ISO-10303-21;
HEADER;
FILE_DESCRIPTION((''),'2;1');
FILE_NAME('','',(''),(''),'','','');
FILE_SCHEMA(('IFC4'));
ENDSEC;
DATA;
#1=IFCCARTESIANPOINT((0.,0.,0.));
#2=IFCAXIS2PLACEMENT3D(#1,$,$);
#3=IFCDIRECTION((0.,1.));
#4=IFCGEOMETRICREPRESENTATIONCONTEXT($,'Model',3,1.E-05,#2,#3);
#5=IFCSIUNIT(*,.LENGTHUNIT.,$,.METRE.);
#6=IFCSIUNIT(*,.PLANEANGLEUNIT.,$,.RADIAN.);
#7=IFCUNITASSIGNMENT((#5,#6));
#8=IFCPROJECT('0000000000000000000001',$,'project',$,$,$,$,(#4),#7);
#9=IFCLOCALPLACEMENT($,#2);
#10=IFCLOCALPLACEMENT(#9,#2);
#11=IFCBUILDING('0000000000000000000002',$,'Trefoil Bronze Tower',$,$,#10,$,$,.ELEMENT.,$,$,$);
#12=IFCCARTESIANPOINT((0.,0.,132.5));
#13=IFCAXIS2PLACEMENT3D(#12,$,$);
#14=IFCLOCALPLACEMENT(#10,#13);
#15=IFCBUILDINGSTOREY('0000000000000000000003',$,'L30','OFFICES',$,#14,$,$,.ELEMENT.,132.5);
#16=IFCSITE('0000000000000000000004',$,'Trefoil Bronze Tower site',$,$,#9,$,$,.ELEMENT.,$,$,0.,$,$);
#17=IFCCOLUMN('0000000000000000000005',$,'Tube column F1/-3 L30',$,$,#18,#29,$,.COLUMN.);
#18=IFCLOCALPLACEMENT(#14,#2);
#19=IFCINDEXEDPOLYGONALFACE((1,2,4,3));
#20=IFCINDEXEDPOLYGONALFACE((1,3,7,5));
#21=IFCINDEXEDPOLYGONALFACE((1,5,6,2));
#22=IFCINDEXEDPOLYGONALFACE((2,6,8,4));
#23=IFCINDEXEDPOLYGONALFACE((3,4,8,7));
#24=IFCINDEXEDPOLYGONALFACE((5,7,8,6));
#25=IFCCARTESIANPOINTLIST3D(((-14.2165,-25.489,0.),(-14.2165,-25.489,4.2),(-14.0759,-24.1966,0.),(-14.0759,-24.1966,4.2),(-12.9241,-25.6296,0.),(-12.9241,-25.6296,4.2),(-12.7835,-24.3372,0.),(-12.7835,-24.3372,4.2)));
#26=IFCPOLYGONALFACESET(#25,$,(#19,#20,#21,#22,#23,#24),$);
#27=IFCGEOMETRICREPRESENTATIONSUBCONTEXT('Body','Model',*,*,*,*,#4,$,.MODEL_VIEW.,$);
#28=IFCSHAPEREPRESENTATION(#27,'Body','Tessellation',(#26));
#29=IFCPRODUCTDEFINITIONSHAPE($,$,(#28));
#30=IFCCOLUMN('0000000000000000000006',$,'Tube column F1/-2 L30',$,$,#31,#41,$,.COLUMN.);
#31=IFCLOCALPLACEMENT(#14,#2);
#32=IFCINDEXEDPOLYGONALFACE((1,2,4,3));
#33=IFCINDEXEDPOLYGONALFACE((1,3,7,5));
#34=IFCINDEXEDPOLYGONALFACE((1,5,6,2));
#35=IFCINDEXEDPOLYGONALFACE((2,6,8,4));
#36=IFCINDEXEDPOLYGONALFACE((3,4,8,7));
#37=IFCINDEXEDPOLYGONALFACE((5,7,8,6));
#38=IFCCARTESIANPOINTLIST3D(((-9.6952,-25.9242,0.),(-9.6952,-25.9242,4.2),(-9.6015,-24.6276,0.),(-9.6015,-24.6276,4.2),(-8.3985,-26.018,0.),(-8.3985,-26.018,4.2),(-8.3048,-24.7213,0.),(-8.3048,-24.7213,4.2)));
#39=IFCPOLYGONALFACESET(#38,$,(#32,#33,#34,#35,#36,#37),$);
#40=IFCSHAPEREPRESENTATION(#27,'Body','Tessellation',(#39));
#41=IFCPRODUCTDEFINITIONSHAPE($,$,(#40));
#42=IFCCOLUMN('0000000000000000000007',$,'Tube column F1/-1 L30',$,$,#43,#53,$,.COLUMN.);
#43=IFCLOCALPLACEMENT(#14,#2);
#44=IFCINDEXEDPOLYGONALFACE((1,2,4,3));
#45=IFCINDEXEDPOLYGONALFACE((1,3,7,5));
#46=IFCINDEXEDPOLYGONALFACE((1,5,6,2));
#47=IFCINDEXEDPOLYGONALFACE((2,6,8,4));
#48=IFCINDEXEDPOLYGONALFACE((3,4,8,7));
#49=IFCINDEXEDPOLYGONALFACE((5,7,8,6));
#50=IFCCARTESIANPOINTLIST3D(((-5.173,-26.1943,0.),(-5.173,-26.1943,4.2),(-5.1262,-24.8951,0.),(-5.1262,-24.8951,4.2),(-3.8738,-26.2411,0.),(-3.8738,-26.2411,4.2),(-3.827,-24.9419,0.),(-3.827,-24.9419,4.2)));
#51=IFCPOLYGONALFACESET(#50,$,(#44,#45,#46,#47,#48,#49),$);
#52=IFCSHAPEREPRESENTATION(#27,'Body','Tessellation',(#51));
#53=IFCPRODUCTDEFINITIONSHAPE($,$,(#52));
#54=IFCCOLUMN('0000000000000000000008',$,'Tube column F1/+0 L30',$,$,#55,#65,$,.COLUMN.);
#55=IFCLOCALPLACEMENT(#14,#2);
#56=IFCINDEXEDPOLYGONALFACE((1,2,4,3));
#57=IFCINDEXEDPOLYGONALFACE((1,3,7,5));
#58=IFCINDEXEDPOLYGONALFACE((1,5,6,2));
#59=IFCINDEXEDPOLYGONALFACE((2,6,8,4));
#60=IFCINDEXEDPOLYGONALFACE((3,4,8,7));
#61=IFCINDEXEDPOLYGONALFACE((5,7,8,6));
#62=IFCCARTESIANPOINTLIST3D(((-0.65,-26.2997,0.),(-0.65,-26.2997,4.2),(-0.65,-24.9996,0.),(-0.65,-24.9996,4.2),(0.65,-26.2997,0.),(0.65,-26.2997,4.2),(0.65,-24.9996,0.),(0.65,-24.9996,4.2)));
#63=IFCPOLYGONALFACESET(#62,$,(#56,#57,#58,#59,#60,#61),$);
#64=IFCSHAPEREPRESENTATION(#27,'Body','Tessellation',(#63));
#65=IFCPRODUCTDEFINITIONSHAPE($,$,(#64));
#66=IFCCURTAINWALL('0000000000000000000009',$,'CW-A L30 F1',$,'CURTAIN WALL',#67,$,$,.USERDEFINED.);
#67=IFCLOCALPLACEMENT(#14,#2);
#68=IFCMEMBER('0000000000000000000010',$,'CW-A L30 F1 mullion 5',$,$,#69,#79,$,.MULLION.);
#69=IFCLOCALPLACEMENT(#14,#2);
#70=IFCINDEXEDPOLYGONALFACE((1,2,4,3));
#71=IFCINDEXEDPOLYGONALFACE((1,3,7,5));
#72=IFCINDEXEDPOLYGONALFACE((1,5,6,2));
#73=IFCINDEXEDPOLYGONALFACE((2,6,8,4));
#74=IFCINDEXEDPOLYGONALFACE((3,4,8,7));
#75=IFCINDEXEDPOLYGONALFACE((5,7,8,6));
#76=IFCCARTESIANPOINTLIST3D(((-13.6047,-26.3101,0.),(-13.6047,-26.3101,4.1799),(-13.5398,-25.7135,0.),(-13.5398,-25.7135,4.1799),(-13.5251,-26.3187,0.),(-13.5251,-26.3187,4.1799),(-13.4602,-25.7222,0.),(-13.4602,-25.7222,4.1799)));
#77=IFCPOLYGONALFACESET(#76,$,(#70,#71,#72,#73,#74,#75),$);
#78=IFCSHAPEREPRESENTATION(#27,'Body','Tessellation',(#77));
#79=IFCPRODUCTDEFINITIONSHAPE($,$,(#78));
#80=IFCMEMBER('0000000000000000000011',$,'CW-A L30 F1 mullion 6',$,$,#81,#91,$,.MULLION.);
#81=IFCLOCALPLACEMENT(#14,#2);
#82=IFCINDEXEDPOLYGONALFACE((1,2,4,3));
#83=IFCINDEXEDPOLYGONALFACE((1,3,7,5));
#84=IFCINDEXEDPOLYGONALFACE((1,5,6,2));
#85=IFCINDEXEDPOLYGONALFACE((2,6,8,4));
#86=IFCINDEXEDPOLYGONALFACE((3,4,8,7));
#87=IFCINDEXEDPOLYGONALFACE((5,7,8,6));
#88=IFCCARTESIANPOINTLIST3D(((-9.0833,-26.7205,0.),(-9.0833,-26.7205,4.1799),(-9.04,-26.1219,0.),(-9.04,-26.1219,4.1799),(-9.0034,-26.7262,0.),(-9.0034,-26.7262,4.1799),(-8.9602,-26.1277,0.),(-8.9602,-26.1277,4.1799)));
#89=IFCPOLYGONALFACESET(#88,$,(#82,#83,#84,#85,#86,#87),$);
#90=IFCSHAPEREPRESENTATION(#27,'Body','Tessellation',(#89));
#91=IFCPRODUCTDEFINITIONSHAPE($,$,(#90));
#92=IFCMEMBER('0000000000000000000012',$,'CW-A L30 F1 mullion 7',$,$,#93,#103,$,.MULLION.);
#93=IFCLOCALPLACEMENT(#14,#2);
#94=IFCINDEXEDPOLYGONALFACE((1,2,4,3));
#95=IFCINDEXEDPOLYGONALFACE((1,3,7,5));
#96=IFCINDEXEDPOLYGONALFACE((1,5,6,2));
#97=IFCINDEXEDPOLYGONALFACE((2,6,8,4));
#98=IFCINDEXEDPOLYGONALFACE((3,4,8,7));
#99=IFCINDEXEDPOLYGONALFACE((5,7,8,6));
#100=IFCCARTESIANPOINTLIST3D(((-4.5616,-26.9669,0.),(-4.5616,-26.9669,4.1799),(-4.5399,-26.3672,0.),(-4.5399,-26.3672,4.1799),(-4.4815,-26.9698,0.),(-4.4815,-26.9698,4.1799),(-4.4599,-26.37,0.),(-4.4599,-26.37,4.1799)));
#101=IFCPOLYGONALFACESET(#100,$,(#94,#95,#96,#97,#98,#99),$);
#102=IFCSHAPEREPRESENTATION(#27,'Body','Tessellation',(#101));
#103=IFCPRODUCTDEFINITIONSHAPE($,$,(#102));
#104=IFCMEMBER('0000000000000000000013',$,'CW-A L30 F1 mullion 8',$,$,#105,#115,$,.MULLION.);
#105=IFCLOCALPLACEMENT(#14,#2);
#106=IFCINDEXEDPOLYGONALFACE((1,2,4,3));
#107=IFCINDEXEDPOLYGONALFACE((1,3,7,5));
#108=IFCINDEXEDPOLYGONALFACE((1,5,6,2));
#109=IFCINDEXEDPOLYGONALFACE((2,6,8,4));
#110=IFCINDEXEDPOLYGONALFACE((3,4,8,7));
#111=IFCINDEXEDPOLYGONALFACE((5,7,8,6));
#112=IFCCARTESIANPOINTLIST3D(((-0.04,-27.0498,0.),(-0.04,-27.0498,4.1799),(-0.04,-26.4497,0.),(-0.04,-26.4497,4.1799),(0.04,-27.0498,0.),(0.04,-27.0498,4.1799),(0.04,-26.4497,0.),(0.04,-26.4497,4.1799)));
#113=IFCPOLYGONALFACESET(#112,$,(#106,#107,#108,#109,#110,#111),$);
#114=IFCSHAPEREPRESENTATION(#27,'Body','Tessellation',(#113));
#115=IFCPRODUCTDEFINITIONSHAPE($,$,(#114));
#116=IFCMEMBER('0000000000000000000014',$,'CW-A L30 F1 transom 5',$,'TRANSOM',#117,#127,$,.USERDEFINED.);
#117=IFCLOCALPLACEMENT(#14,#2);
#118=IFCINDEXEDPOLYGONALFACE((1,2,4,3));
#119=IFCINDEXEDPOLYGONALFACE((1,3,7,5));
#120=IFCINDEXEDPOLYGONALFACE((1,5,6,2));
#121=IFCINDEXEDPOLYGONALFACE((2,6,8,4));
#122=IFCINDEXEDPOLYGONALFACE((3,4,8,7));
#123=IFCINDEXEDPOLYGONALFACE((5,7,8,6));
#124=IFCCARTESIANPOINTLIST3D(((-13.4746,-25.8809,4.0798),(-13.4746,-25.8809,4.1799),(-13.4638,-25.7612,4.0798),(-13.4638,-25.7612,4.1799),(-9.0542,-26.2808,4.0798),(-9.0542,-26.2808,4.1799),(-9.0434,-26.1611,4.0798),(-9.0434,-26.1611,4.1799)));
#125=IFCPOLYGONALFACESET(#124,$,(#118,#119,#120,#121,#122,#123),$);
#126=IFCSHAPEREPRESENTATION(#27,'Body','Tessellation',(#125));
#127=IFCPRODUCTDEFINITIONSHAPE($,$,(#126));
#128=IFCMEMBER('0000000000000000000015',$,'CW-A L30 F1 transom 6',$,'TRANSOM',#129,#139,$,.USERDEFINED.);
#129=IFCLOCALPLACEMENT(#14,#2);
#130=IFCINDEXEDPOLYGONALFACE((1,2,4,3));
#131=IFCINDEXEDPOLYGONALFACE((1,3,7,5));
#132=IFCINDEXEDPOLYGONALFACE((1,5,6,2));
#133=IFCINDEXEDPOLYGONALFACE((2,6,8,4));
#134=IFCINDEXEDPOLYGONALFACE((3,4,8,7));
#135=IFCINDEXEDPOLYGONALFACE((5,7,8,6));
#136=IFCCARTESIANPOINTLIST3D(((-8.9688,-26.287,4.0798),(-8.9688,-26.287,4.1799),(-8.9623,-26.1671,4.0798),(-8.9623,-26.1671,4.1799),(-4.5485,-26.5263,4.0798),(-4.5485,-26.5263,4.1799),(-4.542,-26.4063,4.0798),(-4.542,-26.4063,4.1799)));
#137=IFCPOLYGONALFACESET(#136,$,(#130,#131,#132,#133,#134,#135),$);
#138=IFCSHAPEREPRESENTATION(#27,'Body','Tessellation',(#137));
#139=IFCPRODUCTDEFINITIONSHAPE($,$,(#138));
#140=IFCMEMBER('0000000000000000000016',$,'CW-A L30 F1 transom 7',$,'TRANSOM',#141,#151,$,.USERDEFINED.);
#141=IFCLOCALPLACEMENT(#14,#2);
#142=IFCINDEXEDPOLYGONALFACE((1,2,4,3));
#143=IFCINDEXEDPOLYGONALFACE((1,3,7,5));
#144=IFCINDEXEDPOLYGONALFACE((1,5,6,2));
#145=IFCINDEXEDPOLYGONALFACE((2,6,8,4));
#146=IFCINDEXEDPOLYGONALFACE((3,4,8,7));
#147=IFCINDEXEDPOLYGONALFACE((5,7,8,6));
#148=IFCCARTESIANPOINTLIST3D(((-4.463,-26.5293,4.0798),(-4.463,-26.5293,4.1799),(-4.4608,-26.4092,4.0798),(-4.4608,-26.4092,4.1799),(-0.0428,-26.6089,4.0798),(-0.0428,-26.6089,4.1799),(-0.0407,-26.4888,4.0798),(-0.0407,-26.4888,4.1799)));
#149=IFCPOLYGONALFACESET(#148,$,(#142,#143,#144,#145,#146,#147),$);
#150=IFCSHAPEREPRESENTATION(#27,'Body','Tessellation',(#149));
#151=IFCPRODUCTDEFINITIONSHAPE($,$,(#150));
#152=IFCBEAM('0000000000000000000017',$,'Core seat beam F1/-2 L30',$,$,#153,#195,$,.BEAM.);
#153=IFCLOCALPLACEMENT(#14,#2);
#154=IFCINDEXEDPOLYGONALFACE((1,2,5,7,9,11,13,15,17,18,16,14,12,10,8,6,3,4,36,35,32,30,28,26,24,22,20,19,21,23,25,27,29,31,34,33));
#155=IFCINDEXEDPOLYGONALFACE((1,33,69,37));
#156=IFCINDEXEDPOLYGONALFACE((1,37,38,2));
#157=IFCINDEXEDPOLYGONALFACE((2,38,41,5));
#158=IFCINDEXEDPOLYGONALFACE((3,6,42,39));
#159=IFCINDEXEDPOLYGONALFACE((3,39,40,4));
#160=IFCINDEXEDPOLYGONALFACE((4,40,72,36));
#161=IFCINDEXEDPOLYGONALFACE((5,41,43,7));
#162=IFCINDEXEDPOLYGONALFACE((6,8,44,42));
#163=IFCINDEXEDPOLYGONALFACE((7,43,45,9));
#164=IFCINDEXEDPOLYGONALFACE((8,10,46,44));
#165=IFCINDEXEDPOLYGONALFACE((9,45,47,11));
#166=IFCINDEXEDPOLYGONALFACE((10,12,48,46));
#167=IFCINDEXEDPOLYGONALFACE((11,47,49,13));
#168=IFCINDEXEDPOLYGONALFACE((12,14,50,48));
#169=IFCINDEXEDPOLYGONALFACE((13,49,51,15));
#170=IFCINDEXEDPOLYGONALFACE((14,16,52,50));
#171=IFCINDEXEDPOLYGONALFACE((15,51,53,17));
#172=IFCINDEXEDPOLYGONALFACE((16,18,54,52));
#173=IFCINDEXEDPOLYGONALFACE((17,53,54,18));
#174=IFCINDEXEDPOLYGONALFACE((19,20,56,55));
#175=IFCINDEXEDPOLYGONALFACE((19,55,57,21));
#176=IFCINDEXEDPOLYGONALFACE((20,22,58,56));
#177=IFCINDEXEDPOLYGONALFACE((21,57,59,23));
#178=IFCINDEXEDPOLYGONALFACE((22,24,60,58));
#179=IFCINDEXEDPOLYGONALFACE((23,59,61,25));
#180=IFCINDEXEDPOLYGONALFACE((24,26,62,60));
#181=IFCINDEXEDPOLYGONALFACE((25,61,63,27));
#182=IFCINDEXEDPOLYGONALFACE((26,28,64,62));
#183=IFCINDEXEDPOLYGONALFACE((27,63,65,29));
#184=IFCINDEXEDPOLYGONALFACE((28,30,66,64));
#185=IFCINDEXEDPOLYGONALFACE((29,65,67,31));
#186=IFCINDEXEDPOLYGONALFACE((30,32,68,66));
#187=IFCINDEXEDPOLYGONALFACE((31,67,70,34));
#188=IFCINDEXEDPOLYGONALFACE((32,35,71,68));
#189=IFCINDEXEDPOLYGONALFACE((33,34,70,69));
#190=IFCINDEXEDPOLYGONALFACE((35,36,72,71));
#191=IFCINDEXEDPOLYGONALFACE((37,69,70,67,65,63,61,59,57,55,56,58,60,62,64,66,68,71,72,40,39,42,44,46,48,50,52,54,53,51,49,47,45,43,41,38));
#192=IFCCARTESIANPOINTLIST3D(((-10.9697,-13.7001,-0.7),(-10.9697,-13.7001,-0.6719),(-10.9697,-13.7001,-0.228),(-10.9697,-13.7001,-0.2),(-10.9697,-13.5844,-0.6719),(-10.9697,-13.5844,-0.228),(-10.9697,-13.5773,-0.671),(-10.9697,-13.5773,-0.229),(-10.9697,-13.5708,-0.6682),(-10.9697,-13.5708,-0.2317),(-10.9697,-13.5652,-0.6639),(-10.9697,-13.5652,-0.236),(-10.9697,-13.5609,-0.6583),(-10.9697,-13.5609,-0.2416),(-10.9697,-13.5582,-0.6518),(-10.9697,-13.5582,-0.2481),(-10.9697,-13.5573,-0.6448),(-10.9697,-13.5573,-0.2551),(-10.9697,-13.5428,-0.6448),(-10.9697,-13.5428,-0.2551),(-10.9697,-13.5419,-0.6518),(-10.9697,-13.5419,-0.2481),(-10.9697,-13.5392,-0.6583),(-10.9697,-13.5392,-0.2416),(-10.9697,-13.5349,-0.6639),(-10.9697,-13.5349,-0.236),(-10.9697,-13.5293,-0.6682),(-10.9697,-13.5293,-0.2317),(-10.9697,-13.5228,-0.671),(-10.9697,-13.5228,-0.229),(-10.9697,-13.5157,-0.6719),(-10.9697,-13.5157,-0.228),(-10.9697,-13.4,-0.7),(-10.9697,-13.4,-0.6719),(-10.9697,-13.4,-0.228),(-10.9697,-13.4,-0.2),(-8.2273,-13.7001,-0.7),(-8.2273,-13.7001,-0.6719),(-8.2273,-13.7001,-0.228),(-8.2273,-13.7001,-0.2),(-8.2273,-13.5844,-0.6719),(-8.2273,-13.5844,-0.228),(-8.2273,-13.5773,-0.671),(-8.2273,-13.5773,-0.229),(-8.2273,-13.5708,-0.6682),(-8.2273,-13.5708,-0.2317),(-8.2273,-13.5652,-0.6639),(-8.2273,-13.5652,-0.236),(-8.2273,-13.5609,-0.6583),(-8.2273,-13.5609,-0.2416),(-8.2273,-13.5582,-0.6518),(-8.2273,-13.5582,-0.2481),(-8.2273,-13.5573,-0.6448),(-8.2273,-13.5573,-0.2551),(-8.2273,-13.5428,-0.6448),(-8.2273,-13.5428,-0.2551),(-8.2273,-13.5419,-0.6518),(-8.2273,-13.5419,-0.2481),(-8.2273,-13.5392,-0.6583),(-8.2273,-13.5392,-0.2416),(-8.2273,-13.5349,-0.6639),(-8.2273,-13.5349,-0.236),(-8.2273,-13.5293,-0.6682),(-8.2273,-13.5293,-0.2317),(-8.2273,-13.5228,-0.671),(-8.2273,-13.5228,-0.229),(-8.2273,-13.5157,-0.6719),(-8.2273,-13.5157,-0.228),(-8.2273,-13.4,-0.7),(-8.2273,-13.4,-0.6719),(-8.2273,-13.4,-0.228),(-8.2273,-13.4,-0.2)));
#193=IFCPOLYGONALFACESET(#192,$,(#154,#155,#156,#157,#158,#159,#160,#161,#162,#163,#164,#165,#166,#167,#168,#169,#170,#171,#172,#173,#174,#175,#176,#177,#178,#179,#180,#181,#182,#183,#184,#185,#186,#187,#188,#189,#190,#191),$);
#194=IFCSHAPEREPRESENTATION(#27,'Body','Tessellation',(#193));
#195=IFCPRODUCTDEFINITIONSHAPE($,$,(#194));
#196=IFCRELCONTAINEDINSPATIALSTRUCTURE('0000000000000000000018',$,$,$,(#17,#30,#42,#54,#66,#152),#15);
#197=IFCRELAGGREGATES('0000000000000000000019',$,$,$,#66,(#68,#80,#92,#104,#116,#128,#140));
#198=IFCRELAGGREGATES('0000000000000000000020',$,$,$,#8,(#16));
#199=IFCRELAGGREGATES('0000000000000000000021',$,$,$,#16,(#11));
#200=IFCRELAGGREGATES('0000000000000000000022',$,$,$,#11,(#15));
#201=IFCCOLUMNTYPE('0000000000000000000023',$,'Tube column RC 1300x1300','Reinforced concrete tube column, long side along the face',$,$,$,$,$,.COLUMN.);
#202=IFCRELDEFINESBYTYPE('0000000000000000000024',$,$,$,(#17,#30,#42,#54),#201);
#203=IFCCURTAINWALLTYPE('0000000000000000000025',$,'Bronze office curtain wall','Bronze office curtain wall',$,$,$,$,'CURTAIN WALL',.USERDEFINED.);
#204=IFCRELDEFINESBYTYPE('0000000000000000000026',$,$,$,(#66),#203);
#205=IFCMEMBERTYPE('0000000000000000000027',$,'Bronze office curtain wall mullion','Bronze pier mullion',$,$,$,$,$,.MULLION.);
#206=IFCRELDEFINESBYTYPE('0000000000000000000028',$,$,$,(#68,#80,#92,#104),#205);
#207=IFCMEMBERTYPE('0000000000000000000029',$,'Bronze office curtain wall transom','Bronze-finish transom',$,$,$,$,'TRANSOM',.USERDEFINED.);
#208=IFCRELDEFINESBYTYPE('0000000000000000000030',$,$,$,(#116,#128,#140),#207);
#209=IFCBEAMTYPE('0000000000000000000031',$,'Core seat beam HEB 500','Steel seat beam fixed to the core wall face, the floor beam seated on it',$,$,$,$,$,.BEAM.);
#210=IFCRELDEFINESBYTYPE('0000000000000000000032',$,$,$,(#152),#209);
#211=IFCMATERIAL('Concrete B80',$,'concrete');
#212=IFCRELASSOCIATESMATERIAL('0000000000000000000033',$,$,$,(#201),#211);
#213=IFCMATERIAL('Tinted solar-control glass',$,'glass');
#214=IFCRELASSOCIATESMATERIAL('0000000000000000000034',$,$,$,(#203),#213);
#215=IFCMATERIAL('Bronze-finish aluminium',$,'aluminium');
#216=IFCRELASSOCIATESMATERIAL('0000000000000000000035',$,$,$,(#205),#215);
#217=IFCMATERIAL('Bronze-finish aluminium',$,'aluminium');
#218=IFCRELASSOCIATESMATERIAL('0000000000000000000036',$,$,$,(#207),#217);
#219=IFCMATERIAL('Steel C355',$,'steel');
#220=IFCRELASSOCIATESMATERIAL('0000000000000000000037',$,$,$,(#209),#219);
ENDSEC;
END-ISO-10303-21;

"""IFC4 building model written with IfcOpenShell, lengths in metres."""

from ifc_helpers import new_model, si_unit, direction, frame, origin, origin_2d, place, context, subcontext, project, spatial, rectangle, i_section, extrude, material, material_profile, profile_set, type_object, element, aggregate, save


model = new_model("IFC4")

# Units and contexts
model_context = context("Model", 3, precision=1e-05, world=origin(), true_north=direction((0.0, 1.0)))
body_context = subcontext(model_context, "Body", "Model", "MODEL_VIEW")
ifc_project = project(units=[si_unit("LENGTHUNIT", "METRE"), si_unit("PLANEANGLEUNIT", "RADIAN")], contexts=[model_context])

# Site, building, storey
site_placement = place(None, origin())
site = spatial("IfcSite", under=ifc_project, at=site_placement, Name="Trefoil Bronze Tower site", CompositionType="ELEMENT", RefElevation=0.0)
building_placement = place(site_placement, origin())
building = spatial("IfcBuilding", under=site, at=building_placement, Name="Trefoil Bronze Tower", CompositionType="ELEMENT")
storey_placement = place(building_placement, frame((0.0, 0.0, 132.5)))
storey = spatial("IfcBuildingStorey", under=building, at=storey_placement, Name="L30", Description="OFFICES", CompositionType="ELEMENT", Elevation=132.5)

# Columns
ifc_material_1 = material(Name="Concrete B80", Category="concrete")
ifc_material_profile_1 = material_profile(ifc_material_1, rectangle(XDim=1.3, YDim=1.3, at=origin_2d()), Name="RC 1300x1300")
ifc_profile_set_1 = profile_set([ifc_material_profile_1], Name="Concrete B80")
column_type = type_object("IfcColumnType", Name="Tube column RC 1300x1300", Description="Reinforced concrete tube column, long side along the face", PredefinedType="COLUMN", material=ifc_profile_set_1)
for number, where, z_axis, x_axis, name in (
    (1, (-13.5, -24.9131, 0.0), (0.0, 0.0, 1.0), (0.994135, -0.108144, 0.0), "Tube column F1/-3 L30"),
    (2, (-9.0, -25.3228, 0.0), (0.0, 0.0, 1.0), (0.997398, -0.072096, 0.0), "Tube column F1/-2 L30"),
    (3, (-4.5, -25.5681, 0.0), (0.0, 0.0, 1.0), (0.99935, -0.036048, 0.0), "Tube column F1/-1 L30"),
    (4, (0.0, -25.6497, 0.0), (0.0, 0.0, 1.0), (1.0, 0.0, 0.0), "Tube column F1/+0 L30"),
):
    element("IfcColumn", number, at=place(storey_placement, frame(where, z_axis=z_axis, x_axis=x_axis)), inside=storey, type_object=column_type, Name=name, PredefinedType="COLUMN", context=body_context, shape_type="SweptSolid", body=[
        extrude(rectangle(XDim=1.3, YDim=1.3, at=origin_2d()), origin(), (0.0, 0.0, 1.0), 4.2),
    ])

# Curtain wall, members
ifc_material_2 = material(Name="Tinted solar-control glass", Category="glass")
curtain_wall_type = type_object("IfcCurtainWallType", Name="Bronze office curtain wall", Description="Bronze office curtain wall", ElementType="CURTAIN WALL", PredefinedType="USERDEFINED", material=ifc_material_2)
curtain_wall_placement = place(storey_placement, origin())
curtain_wall = element("IfcCurtainWall", 5, at=curtain_wall_placement, inside=storey, type_object=curtain_wall_type, Name="CW-A L30 F1", ObjectType="CURTAIN WALL", PredefinedType="USERDEFINED")
ifc_material_3 = material(Name="Bronze-finish aluminium", Category="aluminium")
ifc_material_profile_2 = material_profile(ifc_material_3, rectangle(XDim=0.6001, YDim=0.0801, at=origin_2d()), Name="CW-A mullion")
ifc_profile_set_2 = profile_set([ifc_material_profile_2], Name="Bronze-finish aluminium")
member_type_1 = type_object("IfcMemberType", Name="Bronze office curtain wall mullion", Description="Bronze pier mullion", PredefinedType="MULLION", material=ifc_profile_set_2)
member_1_placement = place(storey_placement, frame((-13.5325, -26.0161, 0.0), z_axis=(0.0, 0.0, 1.0), x_axis=(0.108144, 0.994135, 0.0)))
member_1 = element("IfcMember", 6, at=member_1_placement, type_object=member_type_1, Name="CW-A L30 F1 mullion 5", PredefinedType="MULLION", context=body_context, shape_type="SweptSolid", body=[
    extrude(rectangle(XDim=0.6001, YDim=0.0801, at=origin_2d()), origin(), (0.0, 0.0, 1.0), 4.1799),
])
member_2_placement = place(storey_placement, frame((-9.0217, -26.4241, 0.0), z_axis=(0.0, 0.0, 1.0), x_axis=(0.072096, 0.997398, 0.0)))
member_2 = element("IfcMember", 7, at=member_2_placement, type_object=member_type_1, Name="CW-A L30 F1 mullion 6", PredefinedType="MULLION", context=body_context, shape_type="SweptSolid", body=[
    extrude(rectangle(XDim=0.6001, YDim=0.0801, at=origin_2d()), origin(), (0.0, 0.0, 1.0), 4.1799),
])
member_3_placement = place(storey_placement, frame((-4.5107, -26.6685, 0.0), z_axis=(0.0, 0.0, 1.0), x_axis=(0.036048, 0.99935, 0.0)))
member_3 = element("IfcMember", 8, at=member_3_placement, type_object=member_type_1, Name="CW-A L30 F1 mullion 7", PredefinedType="MULLION", context=body_context, shape_type="SweptSolid", body=[
    extrude(rectangle(XDim=0.6001, YDim=0.0801, at=origin_2d()), origin(), (0.0, 0.0, 1.0), 4.1799),
])
member_4_placement = place(storey_placement, frame((0.0, -26.7498, 0.0), z_axis=(0.0, 0.0, 1.0), x_axis=(0.0, 1.0, 0.0)))
member_4 = element("IfcMember", 9, at=member_4_placement, type_object=member_type_1, Name="CW-A L30 F1 mullion 8", PredefinedType="MULLION", context=body_context, shape_type="SweptSolid", body=[
    extrude(rectangle(XDim=0.6001, YDim=0.0801, at=origin_2d()), origin(), (0.0, 0.0, 1.0), 4.1799),
])
ifc_material_4 = material(Name="Bronze-finish aluminium", Category="aluminium")
ifc_material_profile_3 = material_profile(ifc_material_4, rectangle(XDim=0.1201, YDim=0.1001, at=origin_2d()), Name="CW-A transom")
ifc_profile_set_3 = profile_set([ifc_material_profile_3], Name="Bronze-finish aluminium")
member_type_2 = type_object("IfcMemberType", Name="Bronze office curtain wall transom", Description="Bronze-finish transom", ElementType="TRANSOM", PredefinedType="USERDEFINED", material=ifc_profile_set_3)
member_5_placement = place(storey_placement, frame((-13.4692, -25.821, 4.1299), z_axis=(0.995933, -0.090099, 0.0), x_axis=(0.090099, 0.995933, 0.0)))
member_5 = element("IfcMember", 10, at=member_5_placement, type_object=member_type_2, Name="CW-A L30 F1 transom 5", ObjectType="TRANSOM", PredefinedType="USERDEFINED", context=body_context, shape_type="SweptSolid", body=[
    extrude(rectangle(XDim=0.1201, YDim=0.1001, at=origin_2d()), origin(), (0.0, 0.0, 1.0), 4.4385),
])
member_6_placement = place(storey_placement, frame((-8.9656, -26.2271, 4.1299), z_axis=(0.998538, -0.05405, 0.0), x_axis=(0.05405, 0.998538, 0.0)))
member_6 = element("IfcMember", 11, at=member_6_placement, type_object=member_type_2, Name="CW-A L30 F1 transom 6", ObjectType="TRANSOM", PredefinedType="USERDEFINED", context=body_context, shape_type="SweptSolid", body=[
    extrude(rectangle(XDim=0.1201, YDim=0.1001, at=origin_2d()), origin(), (0.0, 0.0, 1.0), 4.4268),
])
member_7_placement = place(storey_placement, frame((-4.4619, -26.4692, 4.1299), z_axis=(0.999838, -0.018003, 0.0), x_axis=(0.018003, 0.999838, 0.0)))
member_7 = element("IfcMember", 12, at=member_7_placement, type_object=member_type_2, Name="CW-A L30 F1 transom 7", ObjectType="TRANSOM", PredefinedType="USERDEFINED", context=body_context, shape_type="SweptSolid", body=[
    extrude(rectangle(XDim=0.1201, YDim=0.1001, at=origin_2d()), origin(), (0.0, 0.0, 1.0), 4.4209),
])

# Beam
ifc_material_5 = material(Name="Steel C355", Category="steel")
ifc_material_profile_4 = material_profile(ifc_material_5, i_section(OverallWidth=0.3, OverallDepth=0.5, WebThickness=0.0144, FlangeThickness=0.0281, FilletRadius=0.0271, at=origin_2d()), Name="HEB 500")
ifc_profile_set_4 = profile_set([ifc_material_profile_4], Name="Steel C355")
beam_type_1 = type_object("IfcBeamType", Name="Core seat beam HEB 500", Description="Steel seat beam fixed to the core wall face, the floor beam seated on it", PredefinedType="BEAM", material=ifc_profile_set_4)
for number, where, z_axis, x_axis, name in (
    (13, (-10.9697, -13.55, -0.45), (1.0, 0.0, 0.0), (0.0, 1.0, 0.0), "Core seat beam F1/-2 L30"),
):
    element("IfcBeam", number, at=place(storey_placement, frame(where, z_axis=z_axis, x_axis=x_axis)), inside=storey, type_object=beam_type_1, Name=name, PredefinedType="BEAM", context=body_context, shape_type="SweptSolid", body=[
        extrude(i_section(OverallWidth=0.3, OverallDepth=0.5, WebThickness=0.0144, FlangeThickness=0.0281, FilletRadius=0.0271, at=origin_2d()), origin(), (0.0, 0.0, 1.0), 2.7424),
    ])

aggregate(curtain_wall, [member_1, member_2, member_3, member_4, member_5, member_6, member_7])

save(model, "model.ifc")
